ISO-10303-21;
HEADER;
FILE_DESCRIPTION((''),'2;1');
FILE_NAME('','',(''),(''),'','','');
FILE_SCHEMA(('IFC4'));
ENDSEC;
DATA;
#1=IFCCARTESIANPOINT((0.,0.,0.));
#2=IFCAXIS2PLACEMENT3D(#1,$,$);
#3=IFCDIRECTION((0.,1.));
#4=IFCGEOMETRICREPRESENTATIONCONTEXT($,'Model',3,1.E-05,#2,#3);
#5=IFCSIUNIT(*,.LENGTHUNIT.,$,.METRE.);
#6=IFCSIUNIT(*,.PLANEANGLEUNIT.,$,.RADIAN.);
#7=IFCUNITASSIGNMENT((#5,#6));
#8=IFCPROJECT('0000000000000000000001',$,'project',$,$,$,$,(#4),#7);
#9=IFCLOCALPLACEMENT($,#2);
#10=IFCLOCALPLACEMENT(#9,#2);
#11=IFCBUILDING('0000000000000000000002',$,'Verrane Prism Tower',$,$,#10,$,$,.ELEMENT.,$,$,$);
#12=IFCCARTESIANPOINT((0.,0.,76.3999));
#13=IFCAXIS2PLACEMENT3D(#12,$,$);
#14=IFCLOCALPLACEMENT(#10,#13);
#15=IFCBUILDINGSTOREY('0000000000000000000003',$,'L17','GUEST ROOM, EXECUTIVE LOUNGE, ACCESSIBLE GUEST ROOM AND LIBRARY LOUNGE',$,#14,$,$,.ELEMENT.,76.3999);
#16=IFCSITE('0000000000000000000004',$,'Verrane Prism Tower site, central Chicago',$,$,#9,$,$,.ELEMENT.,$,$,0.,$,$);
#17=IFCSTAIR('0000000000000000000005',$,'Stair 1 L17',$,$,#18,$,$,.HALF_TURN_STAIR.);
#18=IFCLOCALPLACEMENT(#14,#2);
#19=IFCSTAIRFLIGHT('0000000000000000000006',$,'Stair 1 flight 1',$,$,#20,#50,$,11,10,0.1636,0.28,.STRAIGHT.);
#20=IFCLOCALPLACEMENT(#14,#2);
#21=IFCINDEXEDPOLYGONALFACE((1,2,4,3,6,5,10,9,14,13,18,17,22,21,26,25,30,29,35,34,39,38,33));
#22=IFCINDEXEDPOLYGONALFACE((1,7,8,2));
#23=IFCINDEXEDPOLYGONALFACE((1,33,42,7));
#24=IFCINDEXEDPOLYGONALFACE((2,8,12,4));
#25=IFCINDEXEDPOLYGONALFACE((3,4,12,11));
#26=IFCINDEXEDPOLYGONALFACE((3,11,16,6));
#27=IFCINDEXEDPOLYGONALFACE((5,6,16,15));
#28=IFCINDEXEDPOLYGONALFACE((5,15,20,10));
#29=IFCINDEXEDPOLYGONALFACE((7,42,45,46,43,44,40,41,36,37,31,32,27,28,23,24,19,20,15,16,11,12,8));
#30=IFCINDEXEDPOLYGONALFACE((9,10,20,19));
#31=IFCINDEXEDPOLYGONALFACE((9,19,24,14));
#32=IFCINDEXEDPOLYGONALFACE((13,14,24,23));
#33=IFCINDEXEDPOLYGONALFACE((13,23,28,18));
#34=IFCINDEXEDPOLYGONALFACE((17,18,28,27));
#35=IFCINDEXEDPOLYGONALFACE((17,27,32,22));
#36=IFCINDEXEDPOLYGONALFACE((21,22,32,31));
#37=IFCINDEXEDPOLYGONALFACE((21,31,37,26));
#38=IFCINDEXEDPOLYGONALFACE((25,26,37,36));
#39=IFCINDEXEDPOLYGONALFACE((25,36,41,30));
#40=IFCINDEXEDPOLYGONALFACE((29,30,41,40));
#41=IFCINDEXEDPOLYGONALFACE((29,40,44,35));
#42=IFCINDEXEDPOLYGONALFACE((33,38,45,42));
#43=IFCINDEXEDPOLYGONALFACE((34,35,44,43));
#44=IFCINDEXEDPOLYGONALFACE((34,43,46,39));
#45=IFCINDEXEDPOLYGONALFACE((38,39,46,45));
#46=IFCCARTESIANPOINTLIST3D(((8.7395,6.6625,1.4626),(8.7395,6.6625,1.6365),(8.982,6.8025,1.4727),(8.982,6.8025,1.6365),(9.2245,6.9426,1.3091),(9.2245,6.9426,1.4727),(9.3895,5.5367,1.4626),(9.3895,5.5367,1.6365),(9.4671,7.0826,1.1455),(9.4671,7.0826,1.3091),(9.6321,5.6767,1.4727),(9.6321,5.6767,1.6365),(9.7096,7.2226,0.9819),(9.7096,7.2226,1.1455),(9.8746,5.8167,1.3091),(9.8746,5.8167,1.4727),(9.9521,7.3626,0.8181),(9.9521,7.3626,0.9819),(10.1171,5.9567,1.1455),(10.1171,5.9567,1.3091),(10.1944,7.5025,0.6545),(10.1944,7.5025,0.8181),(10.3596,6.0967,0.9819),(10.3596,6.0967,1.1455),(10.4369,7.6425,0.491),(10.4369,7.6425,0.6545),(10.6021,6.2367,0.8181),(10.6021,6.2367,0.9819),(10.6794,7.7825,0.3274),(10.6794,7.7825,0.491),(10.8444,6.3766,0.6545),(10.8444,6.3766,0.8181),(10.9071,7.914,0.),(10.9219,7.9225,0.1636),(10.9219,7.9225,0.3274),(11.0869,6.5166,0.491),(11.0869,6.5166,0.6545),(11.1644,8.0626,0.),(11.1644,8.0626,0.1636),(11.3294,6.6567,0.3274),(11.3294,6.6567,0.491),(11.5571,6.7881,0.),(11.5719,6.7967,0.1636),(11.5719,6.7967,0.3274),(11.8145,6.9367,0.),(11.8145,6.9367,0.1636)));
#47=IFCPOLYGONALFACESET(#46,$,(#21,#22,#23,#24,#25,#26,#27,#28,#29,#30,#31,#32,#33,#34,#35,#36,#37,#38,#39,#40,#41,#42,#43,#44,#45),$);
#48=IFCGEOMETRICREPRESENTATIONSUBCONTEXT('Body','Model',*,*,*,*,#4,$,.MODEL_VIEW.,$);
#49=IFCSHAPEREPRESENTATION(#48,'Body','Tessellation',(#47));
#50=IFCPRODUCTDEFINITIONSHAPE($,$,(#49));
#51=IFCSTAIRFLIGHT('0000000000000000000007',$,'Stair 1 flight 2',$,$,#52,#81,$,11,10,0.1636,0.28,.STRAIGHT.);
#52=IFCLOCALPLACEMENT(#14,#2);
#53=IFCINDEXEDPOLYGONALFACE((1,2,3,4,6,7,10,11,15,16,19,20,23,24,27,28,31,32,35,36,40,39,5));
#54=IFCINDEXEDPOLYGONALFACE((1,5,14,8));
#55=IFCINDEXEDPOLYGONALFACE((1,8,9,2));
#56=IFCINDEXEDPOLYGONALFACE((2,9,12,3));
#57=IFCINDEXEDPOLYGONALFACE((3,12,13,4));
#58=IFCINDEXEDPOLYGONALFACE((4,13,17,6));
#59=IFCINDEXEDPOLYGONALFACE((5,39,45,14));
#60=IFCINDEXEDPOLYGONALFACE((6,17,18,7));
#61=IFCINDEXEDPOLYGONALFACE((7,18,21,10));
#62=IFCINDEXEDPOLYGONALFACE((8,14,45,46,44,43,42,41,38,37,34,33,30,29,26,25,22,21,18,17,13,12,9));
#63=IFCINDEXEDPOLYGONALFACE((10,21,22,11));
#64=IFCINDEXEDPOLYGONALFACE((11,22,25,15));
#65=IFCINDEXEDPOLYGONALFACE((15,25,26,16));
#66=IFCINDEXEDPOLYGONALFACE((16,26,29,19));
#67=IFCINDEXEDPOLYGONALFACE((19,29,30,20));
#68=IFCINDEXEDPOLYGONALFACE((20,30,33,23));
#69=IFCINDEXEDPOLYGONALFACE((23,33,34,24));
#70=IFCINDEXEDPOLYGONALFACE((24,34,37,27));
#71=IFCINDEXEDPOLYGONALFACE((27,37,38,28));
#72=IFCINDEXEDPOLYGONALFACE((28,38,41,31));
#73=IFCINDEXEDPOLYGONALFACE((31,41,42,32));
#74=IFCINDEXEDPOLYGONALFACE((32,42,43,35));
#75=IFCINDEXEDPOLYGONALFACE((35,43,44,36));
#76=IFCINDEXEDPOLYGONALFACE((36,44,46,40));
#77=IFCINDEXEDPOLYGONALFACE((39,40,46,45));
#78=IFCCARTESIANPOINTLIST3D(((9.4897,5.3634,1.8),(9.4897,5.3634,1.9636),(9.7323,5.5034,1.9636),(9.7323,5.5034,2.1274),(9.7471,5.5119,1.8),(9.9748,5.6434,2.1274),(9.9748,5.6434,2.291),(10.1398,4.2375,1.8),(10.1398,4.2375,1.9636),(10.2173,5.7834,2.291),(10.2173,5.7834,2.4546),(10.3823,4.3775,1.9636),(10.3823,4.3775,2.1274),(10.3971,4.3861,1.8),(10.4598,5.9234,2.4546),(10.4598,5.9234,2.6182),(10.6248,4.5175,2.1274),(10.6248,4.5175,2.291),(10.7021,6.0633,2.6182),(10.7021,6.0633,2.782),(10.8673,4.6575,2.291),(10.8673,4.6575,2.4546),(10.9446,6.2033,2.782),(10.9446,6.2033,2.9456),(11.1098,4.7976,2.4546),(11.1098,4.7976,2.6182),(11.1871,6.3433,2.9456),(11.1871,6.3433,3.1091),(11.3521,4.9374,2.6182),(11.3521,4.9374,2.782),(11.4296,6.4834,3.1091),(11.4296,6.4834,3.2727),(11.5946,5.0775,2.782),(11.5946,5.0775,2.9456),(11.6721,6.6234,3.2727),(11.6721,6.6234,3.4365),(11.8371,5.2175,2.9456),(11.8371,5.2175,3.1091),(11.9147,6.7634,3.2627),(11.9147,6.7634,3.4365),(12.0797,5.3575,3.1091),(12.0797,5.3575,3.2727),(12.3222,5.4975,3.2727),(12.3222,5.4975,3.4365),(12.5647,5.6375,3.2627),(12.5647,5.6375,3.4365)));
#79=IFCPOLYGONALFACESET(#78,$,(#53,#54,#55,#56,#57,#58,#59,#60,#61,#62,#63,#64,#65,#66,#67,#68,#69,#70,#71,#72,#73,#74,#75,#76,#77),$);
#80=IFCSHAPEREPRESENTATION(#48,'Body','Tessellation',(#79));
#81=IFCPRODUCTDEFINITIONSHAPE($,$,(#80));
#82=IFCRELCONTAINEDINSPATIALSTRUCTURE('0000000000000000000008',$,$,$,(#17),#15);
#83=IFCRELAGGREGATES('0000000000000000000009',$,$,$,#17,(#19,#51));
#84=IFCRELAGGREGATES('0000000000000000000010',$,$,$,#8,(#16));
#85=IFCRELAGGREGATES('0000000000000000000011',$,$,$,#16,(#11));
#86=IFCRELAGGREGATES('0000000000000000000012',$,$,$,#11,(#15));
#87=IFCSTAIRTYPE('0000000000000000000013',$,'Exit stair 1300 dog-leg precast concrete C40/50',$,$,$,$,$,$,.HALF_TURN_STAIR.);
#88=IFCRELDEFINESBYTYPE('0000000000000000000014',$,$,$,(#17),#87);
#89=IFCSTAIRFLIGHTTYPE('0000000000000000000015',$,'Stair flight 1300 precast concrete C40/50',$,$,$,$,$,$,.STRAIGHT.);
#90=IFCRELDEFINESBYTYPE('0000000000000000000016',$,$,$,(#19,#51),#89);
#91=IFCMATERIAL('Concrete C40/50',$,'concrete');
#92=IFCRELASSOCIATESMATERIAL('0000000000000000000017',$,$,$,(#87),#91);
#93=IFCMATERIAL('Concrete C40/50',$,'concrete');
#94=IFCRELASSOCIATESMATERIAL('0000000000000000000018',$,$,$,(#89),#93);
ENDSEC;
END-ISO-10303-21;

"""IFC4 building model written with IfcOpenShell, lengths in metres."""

from ifc_helpers import new_model, si_unit, direction, frame, origin, place, context, subcontext, project, spatial, polyline, outline, extrude, material, type_object, element, aggregate, save


model = new_model("IFC4")

# Units and contexts
model_context = context("Model", 3, precision=1e-05, world=origin(), true_north=direction((0.0, 1.0)))
body_context = subcontext(model_context, "Body", "Model", "MODEL_VIEW")
ifc_project = project(units=[si_unit("LENGTHUNIT", "METRE"), si_unit("PLANEANGLEUNIT", "RADIAN")], contexts=[model_context])

# Site, building, storey
site_placement = place(None, origin())
site = spatial("IfcSite", under=ifc_project, at=site_placement, Name="Verrane Prism Tower site, central Chicago", CompositionType="ELEMENT", RefElevation=0.0)
building_placement = place(site_placement, origin())
building = spatial("IfcBuilding", under=site, at=building_placement, Name="Verrane Prism Tower", CompositionType="ELEMENT")
storey_placement = place(building_placement, frame((0.0, 0.0, 76.3999)))
storey = spatial("IfcBuildingStorey", under=building, at=storey_placement, Name="L17", Description="GUEST ROOM, EXECUTIVE LOUNGE, ACCESSIBLE GUEST ROOM AND LIBRARY LOUNGE", CompositionType="ELEMENT", Elevation=76.3999)

# Stair
ifc_material_1 = material(Name="Concrete C40/50", Category="concrete")
stair_type = type_object("IfcStairType", Name="Exit stair 1300 dog-leg precast concrete C40/50", PredefinedType="HALF_TURN_STAIR", material=ifc_material_1)
stair_1_placement = place(storey_placement, origin())
stair_1 = element("IfcStair", 1, at=stair_1_placement, inside=storey, type_object=stair_type, Name="Stair 1 L17", PredefinedType="HALF_TURN_STAIR")

# Stair flights
ifc_material_2 = material(Name="Concrete C40/50", Category="concrete")
stair_flight_type = type_object("IfcStairFlightType", Name="Stair flight 1300 precast concrete C40/50", PredefinedType="STRAIGHT", material=ifc_material_2)
stair_flight_1_placement = place(storey_placement, frame((11.4895, 7.4995, 0.0), z_axis=(0.0, 0.0, 1.0), x_axis=(-0.866025, -0.5, 0.0)))
stair_flight_1 = element("IfcStairFlight", 2, at=stair_flight_1_placement, type_object=stair_flight_type, Name="Stair 1 flight 1", NumberOfRisers=11, NumberOfTreads=10, PredefinedType="STRAIGHT", RiserHeight=0.1636, TreadLength=0.28, context=body_context, shape_type="SweptSolid", body=[
    extrude(outline(polyline([(0.0, 0.0), (0.0, 0.1636), (0.28, 0.1636), (0.28, 0.3274), (0.5601, 0.3274), (0.5601, 0.491), (0.8401, 0.491), (0.8401, 0.6545), (1.1201, 0.6545), (1.1201, 0.8181), (1.3999, 0.8181), (1.3999, 0.9819), (1.6799, 0.9819), (1.6799, 1.1455), (1.96, 1.1455), (1.96, 1.3091), (2.24, 1.3091), (2.24, 1.4727), (2.52, 1.4727), (2.52, 1.6365), (2.8, 1.6365), (2.8, 1.8), (2.8, 1.4626), (0.2971, 0.0), (0.0, 0.0)])), frame((0.0, 0.6499, 0.0), z_axis=(0.0, -1.0, 0.0), x_axis=(1.0, 0.0, 0.0)), (0.0, 0.0, 1.0), 1.3),
])
stair_flight_2_placement = place(storey_placement, frame((9.8147, 4.8005, 1.8), z_axis=(0.0, 0.0, 1.0), x_axis=(0.866025, 0.5, 0.0)))
stair_flight_2 = element("IfcStairFlight", 3, at=stair_flight_2_placement, type_object=stair_flight_type, Name="Stair 1 flight 2", NumberOfRisers=11, NumberOfTreads=10, PredefinedType="STRAIGHT", RiserHeight=0.1636, TreadLength=0.28, context=body_context, shape_type="SweptSolid", body=[
    extrude(outline(polyline([(0.0, 0.0), (0.0, 0.1636), (0.28, 0.1636), (0.28, 0.3274), (0.5601, 0.3274), (0.5601, 0.491), (0.8401, 0.491), (0.8401, 0.6545), (1.1201, 0.6545), (1.1201, 0.8181), (1.3999, 0.8181), (1.3999, 0.9819), (1.6799, 0.9819), (1.6799, 1.1455), (1.96, 1.1455), (1.96, 1.3091), (2.24, 1.3091), (2.24, 1.4727), (2.52, 1.4727), (2.52, 1.6365), (2.8, 1.6365), (2.8, 1.8), (2.8, 1.4626), (0.2971, 0.0), (0.0, 0.0)])), frame((0.0, 0.6499, 0.0), z_axis=(0.0, -1.0, 0.0), x_axis=(1.0, 0.0, 0.0)), (0.0, 0.0, 1.0), 1.3),
])
aggregate(stair_1, [stair_flight_1, stair_flight_2])

save(model, "model.ifc")
